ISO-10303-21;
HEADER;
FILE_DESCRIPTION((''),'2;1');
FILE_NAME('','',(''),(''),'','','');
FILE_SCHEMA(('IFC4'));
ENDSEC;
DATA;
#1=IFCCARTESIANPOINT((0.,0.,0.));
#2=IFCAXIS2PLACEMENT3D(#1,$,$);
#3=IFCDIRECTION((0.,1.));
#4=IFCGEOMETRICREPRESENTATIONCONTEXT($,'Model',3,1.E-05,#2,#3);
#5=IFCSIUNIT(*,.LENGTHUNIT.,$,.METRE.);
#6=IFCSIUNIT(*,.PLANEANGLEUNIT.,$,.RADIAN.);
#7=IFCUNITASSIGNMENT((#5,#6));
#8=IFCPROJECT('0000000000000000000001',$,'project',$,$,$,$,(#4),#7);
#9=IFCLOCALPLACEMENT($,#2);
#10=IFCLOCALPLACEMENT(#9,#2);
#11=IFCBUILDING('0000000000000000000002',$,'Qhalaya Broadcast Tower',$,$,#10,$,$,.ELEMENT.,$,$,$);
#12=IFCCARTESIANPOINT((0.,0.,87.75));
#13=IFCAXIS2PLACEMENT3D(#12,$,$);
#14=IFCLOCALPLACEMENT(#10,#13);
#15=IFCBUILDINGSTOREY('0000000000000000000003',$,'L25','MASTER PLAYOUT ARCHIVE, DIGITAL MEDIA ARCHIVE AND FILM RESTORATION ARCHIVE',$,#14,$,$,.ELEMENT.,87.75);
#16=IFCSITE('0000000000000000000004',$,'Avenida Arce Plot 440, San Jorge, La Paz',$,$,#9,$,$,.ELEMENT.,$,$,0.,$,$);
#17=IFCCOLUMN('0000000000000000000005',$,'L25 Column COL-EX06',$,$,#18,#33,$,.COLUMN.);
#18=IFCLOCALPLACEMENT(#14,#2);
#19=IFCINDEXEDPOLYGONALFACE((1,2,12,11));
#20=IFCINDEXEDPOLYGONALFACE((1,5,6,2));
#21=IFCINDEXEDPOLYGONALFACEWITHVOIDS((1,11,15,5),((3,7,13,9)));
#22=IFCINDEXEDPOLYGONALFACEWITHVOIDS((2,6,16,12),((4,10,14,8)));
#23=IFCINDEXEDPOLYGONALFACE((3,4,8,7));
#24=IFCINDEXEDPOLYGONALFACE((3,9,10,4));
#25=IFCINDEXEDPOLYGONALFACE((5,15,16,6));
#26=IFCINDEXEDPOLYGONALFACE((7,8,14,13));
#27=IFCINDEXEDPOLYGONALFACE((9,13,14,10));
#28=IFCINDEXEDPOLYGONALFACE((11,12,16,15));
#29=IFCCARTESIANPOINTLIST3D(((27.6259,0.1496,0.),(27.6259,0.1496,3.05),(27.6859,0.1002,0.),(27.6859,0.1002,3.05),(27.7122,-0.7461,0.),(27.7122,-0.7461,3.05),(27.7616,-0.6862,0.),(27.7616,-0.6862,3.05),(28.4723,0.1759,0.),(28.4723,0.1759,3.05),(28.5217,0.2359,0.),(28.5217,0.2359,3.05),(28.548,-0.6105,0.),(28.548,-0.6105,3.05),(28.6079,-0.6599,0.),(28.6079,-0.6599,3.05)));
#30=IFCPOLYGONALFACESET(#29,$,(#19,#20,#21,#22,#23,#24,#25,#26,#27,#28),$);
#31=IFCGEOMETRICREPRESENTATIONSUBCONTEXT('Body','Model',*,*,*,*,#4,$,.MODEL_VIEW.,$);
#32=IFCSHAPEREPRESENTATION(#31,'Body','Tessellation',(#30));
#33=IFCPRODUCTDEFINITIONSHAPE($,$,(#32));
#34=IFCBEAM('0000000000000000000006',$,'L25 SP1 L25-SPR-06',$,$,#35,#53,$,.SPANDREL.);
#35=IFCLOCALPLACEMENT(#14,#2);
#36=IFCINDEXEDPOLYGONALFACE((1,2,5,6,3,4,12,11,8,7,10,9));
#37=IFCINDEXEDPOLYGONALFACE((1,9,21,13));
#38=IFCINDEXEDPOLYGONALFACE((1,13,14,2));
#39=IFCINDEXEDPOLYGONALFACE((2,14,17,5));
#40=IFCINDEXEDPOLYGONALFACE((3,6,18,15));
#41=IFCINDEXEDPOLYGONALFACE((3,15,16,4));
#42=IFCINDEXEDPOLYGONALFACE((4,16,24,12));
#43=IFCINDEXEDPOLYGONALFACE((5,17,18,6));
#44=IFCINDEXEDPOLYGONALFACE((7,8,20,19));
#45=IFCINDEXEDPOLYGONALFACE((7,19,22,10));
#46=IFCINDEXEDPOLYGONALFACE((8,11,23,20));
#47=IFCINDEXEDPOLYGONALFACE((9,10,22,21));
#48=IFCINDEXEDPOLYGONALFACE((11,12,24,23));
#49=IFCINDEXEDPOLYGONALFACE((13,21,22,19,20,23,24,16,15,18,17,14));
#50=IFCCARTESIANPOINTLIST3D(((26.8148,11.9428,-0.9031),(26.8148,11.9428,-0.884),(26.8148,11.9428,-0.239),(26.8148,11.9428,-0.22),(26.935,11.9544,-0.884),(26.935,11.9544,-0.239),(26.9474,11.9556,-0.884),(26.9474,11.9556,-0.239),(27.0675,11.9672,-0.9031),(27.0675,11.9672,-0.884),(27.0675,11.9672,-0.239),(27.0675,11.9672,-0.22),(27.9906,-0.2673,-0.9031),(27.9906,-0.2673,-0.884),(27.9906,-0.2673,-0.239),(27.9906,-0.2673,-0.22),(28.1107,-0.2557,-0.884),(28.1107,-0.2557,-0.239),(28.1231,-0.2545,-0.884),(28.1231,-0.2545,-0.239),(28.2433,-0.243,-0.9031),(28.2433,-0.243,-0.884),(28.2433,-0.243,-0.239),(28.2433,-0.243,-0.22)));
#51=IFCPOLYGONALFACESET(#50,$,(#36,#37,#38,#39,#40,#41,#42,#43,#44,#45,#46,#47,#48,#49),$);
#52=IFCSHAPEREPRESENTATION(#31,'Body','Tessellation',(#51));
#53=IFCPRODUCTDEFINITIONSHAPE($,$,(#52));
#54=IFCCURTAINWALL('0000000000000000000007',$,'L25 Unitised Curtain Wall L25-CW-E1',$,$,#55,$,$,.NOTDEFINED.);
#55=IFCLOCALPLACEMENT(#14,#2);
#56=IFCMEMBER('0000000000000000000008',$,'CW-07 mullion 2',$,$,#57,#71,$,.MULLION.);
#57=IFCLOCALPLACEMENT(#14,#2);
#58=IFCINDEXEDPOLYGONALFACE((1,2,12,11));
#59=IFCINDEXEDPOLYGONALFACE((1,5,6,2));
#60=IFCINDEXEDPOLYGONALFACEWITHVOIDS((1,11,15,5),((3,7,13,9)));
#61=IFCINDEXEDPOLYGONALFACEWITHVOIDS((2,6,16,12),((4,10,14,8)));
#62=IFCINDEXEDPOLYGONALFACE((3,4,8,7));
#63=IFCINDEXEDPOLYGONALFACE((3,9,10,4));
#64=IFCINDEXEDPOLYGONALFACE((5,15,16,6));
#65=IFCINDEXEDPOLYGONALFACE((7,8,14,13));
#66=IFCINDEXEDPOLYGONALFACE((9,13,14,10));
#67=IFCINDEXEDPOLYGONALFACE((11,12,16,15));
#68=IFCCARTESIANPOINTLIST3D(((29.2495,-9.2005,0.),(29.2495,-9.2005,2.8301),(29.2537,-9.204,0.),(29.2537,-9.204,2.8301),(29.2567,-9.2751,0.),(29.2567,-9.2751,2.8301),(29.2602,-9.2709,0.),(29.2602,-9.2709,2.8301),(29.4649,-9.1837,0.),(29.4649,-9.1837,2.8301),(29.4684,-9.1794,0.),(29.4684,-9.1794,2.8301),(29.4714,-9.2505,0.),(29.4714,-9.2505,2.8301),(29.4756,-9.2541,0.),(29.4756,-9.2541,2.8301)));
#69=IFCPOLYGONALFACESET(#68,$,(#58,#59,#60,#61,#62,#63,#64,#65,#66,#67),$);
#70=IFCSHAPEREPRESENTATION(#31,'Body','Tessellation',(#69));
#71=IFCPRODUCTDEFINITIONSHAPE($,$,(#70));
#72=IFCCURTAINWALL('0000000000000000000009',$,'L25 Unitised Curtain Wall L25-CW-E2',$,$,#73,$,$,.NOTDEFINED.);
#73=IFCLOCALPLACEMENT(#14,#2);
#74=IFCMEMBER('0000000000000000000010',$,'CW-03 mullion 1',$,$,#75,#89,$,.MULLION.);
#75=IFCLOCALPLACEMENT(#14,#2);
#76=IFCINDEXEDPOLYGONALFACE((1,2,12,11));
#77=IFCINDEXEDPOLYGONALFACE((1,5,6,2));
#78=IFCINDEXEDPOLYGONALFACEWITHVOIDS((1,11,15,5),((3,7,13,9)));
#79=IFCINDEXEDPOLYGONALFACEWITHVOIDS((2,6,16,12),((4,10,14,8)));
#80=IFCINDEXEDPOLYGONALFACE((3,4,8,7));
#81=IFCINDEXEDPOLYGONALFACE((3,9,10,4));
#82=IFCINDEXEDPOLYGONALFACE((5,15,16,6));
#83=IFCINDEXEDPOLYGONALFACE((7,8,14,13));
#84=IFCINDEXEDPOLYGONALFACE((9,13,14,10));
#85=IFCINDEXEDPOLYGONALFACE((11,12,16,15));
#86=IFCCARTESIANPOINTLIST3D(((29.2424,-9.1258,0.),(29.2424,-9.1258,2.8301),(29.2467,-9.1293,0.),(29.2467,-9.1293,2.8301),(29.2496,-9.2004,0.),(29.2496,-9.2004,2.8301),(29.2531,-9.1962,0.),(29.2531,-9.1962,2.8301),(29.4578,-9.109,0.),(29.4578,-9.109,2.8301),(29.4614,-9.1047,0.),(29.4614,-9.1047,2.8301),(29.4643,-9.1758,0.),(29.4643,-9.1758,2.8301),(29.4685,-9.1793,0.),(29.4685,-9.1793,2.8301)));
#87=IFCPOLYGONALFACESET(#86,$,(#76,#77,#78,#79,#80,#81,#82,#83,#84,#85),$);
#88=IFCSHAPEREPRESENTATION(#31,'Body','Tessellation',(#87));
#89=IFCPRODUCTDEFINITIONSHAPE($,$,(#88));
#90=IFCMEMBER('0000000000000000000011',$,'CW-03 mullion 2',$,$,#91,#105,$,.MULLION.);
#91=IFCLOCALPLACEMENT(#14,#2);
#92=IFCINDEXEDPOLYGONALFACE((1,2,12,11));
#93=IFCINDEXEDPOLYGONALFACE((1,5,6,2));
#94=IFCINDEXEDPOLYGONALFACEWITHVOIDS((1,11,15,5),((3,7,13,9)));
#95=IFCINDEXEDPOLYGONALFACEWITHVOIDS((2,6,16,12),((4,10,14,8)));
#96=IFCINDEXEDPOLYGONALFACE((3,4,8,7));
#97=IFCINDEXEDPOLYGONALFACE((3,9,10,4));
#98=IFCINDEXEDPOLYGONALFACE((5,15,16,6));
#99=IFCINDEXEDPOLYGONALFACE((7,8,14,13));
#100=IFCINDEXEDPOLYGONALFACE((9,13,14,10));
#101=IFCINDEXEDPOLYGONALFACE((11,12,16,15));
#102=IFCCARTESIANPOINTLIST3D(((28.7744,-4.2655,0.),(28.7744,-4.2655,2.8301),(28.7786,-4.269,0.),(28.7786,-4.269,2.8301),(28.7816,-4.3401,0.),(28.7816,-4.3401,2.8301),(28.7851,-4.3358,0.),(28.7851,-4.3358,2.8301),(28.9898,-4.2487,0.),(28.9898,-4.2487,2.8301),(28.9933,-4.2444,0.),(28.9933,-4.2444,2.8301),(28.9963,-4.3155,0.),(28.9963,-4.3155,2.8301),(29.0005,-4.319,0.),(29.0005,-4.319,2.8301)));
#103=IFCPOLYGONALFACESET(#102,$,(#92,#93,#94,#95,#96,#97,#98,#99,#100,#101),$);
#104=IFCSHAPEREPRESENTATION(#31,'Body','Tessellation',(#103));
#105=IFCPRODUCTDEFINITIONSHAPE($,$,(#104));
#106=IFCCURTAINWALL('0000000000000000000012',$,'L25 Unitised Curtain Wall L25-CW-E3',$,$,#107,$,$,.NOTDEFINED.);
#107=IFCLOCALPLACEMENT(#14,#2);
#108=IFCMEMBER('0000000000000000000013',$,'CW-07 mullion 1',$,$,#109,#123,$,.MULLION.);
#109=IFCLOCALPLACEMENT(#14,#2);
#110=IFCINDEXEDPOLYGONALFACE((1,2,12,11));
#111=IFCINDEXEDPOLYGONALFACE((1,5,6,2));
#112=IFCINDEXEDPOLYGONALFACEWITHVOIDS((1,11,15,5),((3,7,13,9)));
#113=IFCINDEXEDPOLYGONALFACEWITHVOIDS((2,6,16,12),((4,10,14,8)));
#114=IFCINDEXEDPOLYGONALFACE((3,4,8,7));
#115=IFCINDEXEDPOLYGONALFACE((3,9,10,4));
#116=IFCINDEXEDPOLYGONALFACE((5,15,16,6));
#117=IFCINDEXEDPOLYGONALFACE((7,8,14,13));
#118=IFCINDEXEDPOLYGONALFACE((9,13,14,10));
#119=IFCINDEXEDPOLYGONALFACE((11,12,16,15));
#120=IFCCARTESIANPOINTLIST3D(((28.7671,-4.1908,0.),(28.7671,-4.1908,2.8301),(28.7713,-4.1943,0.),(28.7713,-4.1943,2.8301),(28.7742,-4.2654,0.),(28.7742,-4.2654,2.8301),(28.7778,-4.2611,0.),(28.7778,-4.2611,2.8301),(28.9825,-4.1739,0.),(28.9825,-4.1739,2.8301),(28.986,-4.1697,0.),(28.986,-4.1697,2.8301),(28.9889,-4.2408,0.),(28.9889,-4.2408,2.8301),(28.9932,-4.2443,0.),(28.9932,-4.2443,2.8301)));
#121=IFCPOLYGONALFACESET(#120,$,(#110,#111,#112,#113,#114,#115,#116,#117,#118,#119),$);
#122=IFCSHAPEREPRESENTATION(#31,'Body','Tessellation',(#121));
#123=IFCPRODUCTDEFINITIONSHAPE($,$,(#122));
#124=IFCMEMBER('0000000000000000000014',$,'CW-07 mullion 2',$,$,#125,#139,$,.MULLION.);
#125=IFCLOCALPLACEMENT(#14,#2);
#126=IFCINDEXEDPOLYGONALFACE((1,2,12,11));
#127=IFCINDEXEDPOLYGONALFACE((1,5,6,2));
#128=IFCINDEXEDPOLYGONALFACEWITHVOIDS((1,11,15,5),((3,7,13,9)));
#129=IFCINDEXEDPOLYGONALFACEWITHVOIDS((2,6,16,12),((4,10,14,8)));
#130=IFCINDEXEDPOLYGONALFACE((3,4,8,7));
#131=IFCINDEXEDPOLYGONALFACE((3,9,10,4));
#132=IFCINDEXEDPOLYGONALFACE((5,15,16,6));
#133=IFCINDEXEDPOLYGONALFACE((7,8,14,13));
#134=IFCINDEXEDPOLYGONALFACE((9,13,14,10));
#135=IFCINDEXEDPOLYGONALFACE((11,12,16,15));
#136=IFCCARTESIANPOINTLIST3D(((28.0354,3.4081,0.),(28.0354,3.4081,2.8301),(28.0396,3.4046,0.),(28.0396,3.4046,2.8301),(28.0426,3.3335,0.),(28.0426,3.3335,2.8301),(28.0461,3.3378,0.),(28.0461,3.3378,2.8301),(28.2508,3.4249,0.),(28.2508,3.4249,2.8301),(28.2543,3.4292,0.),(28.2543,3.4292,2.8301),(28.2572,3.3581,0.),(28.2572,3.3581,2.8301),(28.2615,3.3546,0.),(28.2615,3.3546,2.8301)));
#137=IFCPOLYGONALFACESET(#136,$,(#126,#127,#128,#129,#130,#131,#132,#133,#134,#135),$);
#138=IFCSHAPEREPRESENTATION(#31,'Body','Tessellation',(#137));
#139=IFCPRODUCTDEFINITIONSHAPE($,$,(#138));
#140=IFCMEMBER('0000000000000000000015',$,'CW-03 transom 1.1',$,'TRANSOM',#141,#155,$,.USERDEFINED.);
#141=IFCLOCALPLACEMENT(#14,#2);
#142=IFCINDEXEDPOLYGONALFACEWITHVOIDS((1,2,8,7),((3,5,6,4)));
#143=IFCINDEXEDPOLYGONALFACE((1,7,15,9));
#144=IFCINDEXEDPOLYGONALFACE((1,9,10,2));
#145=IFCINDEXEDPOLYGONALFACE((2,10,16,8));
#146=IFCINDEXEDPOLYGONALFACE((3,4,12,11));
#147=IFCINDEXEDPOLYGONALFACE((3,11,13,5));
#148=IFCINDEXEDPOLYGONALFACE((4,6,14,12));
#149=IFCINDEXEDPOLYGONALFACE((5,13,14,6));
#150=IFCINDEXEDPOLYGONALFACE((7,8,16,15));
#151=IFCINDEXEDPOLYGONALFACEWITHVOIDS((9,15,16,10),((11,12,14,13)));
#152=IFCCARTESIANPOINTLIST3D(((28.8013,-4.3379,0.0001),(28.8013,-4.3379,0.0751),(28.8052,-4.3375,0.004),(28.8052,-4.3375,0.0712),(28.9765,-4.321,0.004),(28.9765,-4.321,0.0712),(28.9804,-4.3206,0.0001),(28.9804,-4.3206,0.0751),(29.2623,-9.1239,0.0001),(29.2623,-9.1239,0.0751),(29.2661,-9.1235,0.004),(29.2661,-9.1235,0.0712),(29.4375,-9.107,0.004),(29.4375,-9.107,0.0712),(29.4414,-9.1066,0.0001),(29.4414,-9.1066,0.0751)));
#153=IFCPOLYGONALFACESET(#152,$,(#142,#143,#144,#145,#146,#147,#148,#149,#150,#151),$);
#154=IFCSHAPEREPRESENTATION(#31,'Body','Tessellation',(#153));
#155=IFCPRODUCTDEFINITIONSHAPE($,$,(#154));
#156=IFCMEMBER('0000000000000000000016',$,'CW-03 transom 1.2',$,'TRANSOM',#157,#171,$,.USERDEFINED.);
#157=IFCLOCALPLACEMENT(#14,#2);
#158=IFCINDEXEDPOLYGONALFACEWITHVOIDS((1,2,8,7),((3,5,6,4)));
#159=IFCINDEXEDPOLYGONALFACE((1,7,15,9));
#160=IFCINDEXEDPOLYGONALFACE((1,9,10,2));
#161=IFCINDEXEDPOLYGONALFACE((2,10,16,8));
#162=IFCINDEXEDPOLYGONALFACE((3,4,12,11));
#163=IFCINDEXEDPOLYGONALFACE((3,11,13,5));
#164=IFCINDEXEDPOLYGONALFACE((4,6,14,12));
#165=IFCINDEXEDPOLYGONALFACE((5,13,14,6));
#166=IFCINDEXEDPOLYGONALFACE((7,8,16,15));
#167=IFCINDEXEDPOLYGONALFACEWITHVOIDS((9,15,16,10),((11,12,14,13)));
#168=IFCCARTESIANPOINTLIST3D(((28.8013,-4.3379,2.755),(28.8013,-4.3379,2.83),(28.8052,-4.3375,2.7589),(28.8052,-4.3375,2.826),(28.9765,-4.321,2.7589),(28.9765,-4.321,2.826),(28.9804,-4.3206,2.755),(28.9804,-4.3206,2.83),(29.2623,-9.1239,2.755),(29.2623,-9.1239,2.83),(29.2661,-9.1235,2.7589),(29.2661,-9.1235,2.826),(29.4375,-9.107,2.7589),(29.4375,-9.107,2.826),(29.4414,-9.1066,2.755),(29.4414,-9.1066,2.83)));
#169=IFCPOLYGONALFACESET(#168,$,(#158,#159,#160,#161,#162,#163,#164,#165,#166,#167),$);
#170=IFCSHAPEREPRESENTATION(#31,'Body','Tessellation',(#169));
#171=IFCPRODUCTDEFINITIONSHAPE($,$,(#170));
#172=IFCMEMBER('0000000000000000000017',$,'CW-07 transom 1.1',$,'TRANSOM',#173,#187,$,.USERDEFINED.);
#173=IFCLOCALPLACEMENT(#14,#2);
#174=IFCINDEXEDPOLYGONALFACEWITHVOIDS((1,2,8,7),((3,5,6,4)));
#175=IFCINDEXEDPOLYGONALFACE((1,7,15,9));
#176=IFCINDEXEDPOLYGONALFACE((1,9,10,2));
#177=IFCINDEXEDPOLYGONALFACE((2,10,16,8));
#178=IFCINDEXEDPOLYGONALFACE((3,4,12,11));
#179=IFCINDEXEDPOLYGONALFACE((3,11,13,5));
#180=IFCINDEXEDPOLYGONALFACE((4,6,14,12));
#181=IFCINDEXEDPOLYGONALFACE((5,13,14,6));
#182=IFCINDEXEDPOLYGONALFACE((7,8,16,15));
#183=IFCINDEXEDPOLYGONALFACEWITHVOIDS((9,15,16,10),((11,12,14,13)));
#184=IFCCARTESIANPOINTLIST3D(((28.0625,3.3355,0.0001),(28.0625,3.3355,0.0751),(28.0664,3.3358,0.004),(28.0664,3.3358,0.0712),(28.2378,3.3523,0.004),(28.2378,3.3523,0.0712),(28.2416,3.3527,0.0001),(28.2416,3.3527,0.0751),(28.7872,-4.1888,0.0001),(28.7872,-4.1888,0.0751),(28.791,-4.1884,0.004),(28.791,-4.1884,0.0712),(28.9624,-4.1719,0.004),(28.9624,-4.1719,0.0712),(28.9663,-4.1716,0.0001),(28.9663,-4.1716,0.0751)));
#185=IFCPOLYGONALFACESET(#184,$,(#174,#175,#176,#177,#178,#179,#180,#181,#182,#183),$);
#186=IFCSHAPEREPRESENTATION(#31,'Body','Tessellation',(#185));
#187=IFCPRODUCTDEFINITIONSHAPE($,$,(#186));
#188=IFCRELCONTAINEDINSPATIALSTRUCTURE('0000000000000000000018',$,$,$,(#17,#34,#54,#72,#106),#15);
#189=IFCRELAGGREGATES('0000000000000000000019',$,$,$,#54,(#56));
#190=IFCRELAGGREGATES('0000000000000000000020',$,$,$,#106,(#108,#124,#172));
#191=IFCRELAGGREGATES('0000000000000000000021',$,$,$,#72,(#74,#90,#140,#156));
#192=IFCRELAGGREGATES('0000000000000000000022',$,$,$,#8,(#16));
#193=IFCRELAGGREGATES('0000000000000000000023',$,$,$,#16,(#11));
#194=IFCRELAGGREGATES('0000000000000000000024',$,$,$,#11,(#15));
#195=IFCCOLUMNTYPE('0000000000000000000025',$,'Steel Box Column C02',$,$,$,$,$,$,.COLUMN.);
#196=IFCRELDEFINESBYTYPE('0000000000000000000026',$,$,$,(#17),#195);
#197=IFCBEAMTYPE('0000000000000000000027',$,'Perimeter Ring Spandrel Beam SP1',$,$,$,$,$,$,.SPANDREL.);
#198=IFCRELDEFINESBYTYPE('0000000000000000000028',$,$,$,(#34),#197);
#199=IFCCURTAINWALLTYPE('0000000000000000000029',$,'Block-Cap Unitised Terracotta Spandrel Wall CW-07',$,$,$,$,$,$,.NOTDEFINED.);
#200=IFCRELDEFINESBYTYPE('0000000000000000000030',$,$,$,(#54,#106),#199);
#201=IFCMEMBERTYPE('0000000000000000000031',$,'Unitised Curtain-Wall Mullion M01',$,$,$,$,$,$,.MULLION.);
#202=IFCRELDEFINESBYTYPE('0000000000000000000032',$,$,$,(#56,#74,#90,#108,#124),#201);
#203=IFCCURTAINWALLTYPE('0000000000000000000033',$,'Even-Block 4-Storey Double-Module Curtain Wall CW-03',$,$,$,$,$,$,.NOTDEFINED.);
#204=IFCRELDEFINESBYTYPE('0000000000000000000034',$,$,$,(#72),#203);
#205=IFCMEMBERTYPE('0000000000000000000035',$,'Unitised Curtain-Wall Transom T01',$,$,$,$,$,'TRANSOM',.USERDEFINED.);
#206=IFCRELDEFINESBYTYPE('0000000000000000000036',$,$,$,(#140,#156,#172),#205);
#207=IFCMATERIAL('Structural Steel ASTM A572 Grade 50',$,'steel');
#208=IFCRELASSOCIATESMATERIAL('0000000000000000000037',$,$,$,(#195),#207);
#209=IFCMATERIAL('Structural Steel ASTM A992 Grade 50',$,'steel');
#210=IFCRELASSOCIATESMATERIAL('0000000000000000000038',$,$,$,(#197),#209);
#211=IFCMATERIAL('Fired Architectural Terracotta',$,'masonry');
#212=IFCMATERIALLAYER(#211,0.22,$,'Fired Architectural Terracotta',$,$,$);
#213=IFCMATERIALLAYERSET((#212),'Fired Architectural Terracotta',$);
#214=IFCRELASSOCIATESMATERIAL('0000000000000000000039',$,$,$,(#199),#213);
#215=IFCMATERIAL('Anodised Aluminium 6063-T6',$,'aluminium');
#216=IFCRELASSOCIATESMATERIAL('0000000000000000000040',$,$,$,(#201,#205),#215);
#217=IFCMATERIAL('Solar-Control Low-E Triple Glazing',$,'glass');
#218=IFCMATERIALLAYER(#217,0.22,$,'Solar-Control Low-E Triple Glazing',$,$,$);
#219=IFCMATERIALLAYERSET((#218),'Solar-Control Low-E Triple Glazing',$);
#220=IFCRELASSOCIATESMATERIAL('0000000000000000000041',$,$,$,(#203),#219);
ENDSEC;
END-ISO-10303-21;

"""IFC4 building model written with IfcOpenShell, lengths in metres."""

from ifc_helpers import new_model, si_unit, direction, frame, origin, origin_2d, place, context, subcontext, project, spatial, hollow_rectangle, i_section, extrude, material, layer, layer_set, material_profile, profile_set, type_object, element, aggregate, save


model = new_model("IFC4")

# Units and contexts
model_context = context("Model", 3, precision=1e-05, world=origin(), true_north=direction((0.0, 1.0)))
body_context = subcontext(model_context, "Body", "Model", "MODEL_VIEW")
ifc_project = project(units=[si_unit("LENGTHUNIT", "METRE"), si_unit("PLANEANGLEUNIT", "RADIAN")], contexts=[model_context])

# Site, building, storey
site_placement = place(None, origin())
site = spatial("IfcSite", under=ifc_project, at=site_placement, Name="Avenida Arce Plot 440, San Jorge, La Paz", CompositionType="ELEMENT", RefElevation=0.0)
building_placement = place(site_placement, origin())
building = spatial("IfcBuilding", under=site, at=building_placement, Name="Qhalaya Broadcast Tower", CompositionType="ELEMENT")
storey_placement = place(building_placement, frame((0.0, 0.0, 87.75)))
storey = spatial("IfcBuildingStorey", under=building, at=storey_placement, Name="L25", Description="MASTER PLAYOUT ARCHIVE, DIGITAL MEDIA ARCHIVE AND FILM RESTORATION ARCHIVE", CompositionType="ELEMENT", Elevation=87.75)

# Column
ifc_material_1 = material(Name="Structural Steel ASTM A572 Grade 50", Category="steel")
ifc_material_profile_1 = material_profile(ifc_material_1, hollow_rectangle(XDim=0.8999, YDim=0.8999, WallThickness=0.0549, at=origin_2d()), Name="BOX 900x900x55")
ifc_profile_set_1 = profile_set([ifc_material_profile_1], Name="Structural Steel ASTM A572 Grade 50")
column_type = type_object("IfcColumnType", Name="Steel Box Column C02", PredefinedType="COLUMN", material=ifc_profile_set_1)
column_placement = place(storey_placement, frame((28.1169, -0.2551, 0.0), z_axis=(0.0, 0.0, 1.0), x_axis=(-0.095846, 0.995396, 0.0)))
element("IfcColumn", 1, at=column_placement, inside=storey, type_object=column_type, Name="L25 Column COL-EX06", PredefinedType="COLUMN", context=body_context, shape_type="SweptSolid", body=[
    extrude(hollow_rectangle(XDim=0.8999, YDim=0.8999, WallThickness=0.0549, at=origin_2d()), origin(), (0.0, 0.0, 1.0), 3.05),
])

# Beam
ifc_material_2 = material(Name="Structural Steel ASTM A992 Grade 50", Category="steel")
ifc_material_profile_2 = material_profile(ifc_material_2, i_section(OverallWidth=0.2539, OverallDepth=0.6831, WebThickness=0.0125, FlangeThickness=0.019, at=origin_2d()), Name="W27X94")
ifc_profile_set_2 = profile_set([ifc_material_profile_2], Name="Structural Steel ASTM A992 Grade 50")
beam_type = type_object("IfcBeamType", Name="Perimeter Ring Spandrel Beam SP1", PredefinedType="SPANDREL", material=ifc_profile_set_2)
beam_placement = place(storey_placement, frame((28.1169, -0.2551, -0.5615), z_axis=(-0.095852, 0.995396, 0.0), x_axis=(-0.995396, -0.095852, 0.0)))
element("IfcBeam", 2, at=beam_placement, inside=storey, type_object=beam_type, Name="L25 SP1 L25-SPR-06", PredefinedType="SPANDREL", context=body_context, shape_type="SweptSolid", body=[
    extrude(i_section(OverallWidth=0.2539, OverallDepth=0.6831, WebThickness=0.0125, FlangeThickness=0.019, at=origin_2d()), origin(), (0.0, 0.0, 1.0), 12.2666),
])

# Curtain wall, member
ifc_material_3 = material(Name="Fired Architectural Terracotta", Category="masonry")
ifc_layer_1 = layer(ifc_material_3, 0.22, Name="Fired Architectural Terracotta")
ifc_layer_set_1 = layer_set([ifc_layer_1], Name="Fired Architectural Terracotta")
curtain_wall_type_1 = type_object("IfcCurtainWallType", Name="Block-Cap Unitised Terracotta Spandrel Wall CW-07", PredefinedType="NOTDEFINED", material=ifc_layer_set_1)
curtain_wall_1_placement = place(storey_placement, origin())
curtain_wall_1 = element("IfcCurtainWall", 3, at=curtain_wall_1_placement, inside=storey, type_object=curtain_wall_type_1, Name="L25 Unitised Curtain Wall L25-CW-E1", PredefinedType="NOTDEFINED")
ifc_material_4 = material(Name="Anodised Aluminium 6063-T6", Category="aluminium")
ifc_material_profile_3 = material_profile(ifc_material_4, hollow_rectangle(XDim=0.075, YDim=0.22, WallThickness=0.0039, at=origin_2d()), Name="ALU-MUL 75x220x4")
ifc_profile_set_3 = profile_set([ifc_material_profile_3], Name="Anodised Aluminium 6063-T6")
member_type_1 = type_object("IfcMemberType", Name="Unitised Curtain-Wall Mullion M01", PredefinedType="MULLION", material=ifc_profile_set_3)
member_1_placement = place(storey_placement, frame((29.3625, -9.2273, 0.0), z_axis=(0.0, 0.0, 1.0), x_axis=(-0.095853, 0.995396, 0.0)))
member_1 = element("IfcMember", 4, at=member_1_placement, type_object=member_type_1, Name="CW-07 mullion 2", PredefinedType="MULLION", context=body_context, shape_type="SweptSolid", body=[
    extrude(hollow_rectangle(XDim=0.075, YDim=0.22, WallThickness=0.0039, at=origin_2d()), origin(), (0.0, 0.0, 1.0), 2.8301),
])

# Curtain walls, members
ifc_material_5 = material(Name="Solar-Control Low-E Triple Glazing", Category="glass")
ifc_layer_2 = layer(ifc_material_5, 0.22, Name="Solar-Control Low-E Triple Glazing")
ifc_layer_set_2 = layer_set([ifc_layer_2], Name="Solar-Control Low-E Triple Glazing")
curtain_wall_type_2 = type_object("IfcCurtainWallType", Name="Even-Block 4-Storey Double-Module Curtain Wall CW-03", PredefinedType="NOTDEFINED", material=ifc_layer_set_2)
curtain_wall_2_placement = place(storey_placement, origin())
curtain_wall_2 = element("IfcCurtainWall", 5, at=curtain_wall_2_placement, inside=storey, type_object=curtain_wall_type_2, Name="L25 Unitised Curtain Wall L25-CW-E2", PredefinedType="NOTDEFINED")
member_2_placement = place(storey_placement, frame((29.3555, -9.1526, 0.0), z_axis=(0.0, 0.0, 1.0), x_axis=(-0.095845, 0.995396, 0.0)))
member_2 = element("IfcMember", 6, at=member_2_placement, type_object=member_type_1, Name="CW-03 mullion 1", PredefinedType="MULLION", context=body_context, shape_type="SweptSolid", body=[
    extrude(hollow_rectangle(XDim=0.075, YDim=0.22, WallThickness=0.0039, at=origin_2d()), origin(), (0.0, 0.0, 1.0), 2.8301),
])
member_3_placement = place(storey_placement, frame((28.8875, -4.2922, 0.0), z_axis=(0.0, 0.0, 1.0), x_axis=(-0.095845, 0.995396, 0.0)))
member_3 = element("IfcMember", 7, at=member_3_placement, type_object=member_type_1, Name="CW-03 mullion 2", PredefinedType="MULLION", context=body_context, shape_type="SweptSolid", body=[
    extrude(hollow_rectangle(XDim=0.075, YDim=0.22, WallThickness=0.0039, at=origin_2d()), origin(), (0.0, 0.0, 1.0), 2.8301),
])
curtain_wall_3_placement = place(storey_placement, origin())
curtain_wall_3 = element("IfcCurtainWall", 8, at=curtain_wall_3_placement, inside=storey, type_object=curtain_wall_type_1, Name="L25 Unitised Curtain Wall L25-CW-E3", PredefinedType="NOTDEFINED")
member_4_placement = place(storey_placement, frame((28.8801, -4.2175, 0.0), z_axis=(0.0, 0.0, 1.0), x_axis=(-0.095849, 0.995396, 0.0)))
member_4 = element("IfcMember", 9, at=member_4_placement, type_object=member_type_1, Name="CW-07 mullion 1", PredefinedType="MULLION", context=body_context, shape_type="SweptSolid", body=[
    extrude(hollow_rectangle(XDim=0.075, YDim=0.22, WallThickness=0.0039, at=origin_2d()), origin(), (0.0, 0.0, 1.0), 2.8301),
])
member_5_placement = place(storey_placement, frame((28.1484, 3.3813, 0.0), z_axis=(0.0, 0.0, 1.0), x_axis=(-0.095849, 0.995396, 0.0)))
member_5 = element("IfcMember", 10, at=member_5_placement, type_object=member_type_1, Name="CW-07 mullion 2", PredefinedType="MULLION", context=body_context, shape_type="SweptSolid", body=[
    extrude(hollow_rectangle(XDim=0.075, YDim=0.22, WallThickness=0.0039, at=origin_2d()), origin(), (0.0, 0.0, 1.0), 2.8301),
])

# Members
ifc_material_profile_4 = material_profile(ifc_material_4, hollow_rectangle(XDim=0.075, YDim=0.1799, WallThickness=0.0039, at=origin_2d()), Name="ALU-TRN 75x180x4")
ifc_profile_set_4 = profile_set([ifc_material_profile_4], Name="Anodised Aluminium 6063-T6")
member_type_2 = type_object("IfcMemberType", Name="Unitised Curtain-Wall Transom T01", ElementType="TRANSOM", PredefinedType="USERDEFINED", material=ifc_profile_set_4)
member_6_placement = place(storey_placement, frame((29.3518, -9.1152, 0.0376), z_axis=(-0.095868, 0.995394, 0.0), x_axis=(0.0, 0.0, 1.0)))
member_6 = element("IfcMember", 11, at=member_6_placement, type_object=member_type_2, Name="CW-03 transom 1.1", ObjectType="TRANSOM", PredefinedType="USERDEFINED", context=body_context, shape_type="SweptSolid", body=[
    extrude(hollow_rectangle(XDim=0.075, YDim=0.1799, WallThickness=0.0039, at=origin_2d()), origin(), (0.0, 0.0, 1.0), 4.8081),
])
member_7_placement = place(storey_placement, frame((29.3518, -9.1152, 2.7925), z_axis=(-0.095868, 0.995394, 0.0), x_axis=(0.0, 0.0, 1.0)))
member_7 = element("IfcMember", 12, at=member_7_placement, type_object=member_type_2, Name="CW-03 transom 1.2", ObjectType="TRANSOM", PredefinedType="USERDEFINED", context=body_context, shape_type="SweptSolid", body=[
    extrude(hollow_rectangle(XDim=0.075, YDim=0.1799, WallThickness=0.0039, at=origin_2d()), origin(), (0.0, 0.0, 1.0), 4.8081),
])
member_8_placement = place(storey_placement, frame((28.8767, -4.1802, 0.0376), z_axis=(-0.095861, 0.995395, 0.0), x_axis=(0.0, 0.0, 1.0)))
member_8 = element("IfcMember", 13, at=member_8_placement, type_object=member_type_2, Name="CW-07 transom 1.1", ObjectType="TRANSOM", PredefinedType="USERDEFINED", context=body_context, shape_type="SweptSolid", body=[
    extrude(hollow_rectangle(XDim=0.075, YDim=0.1799, WallThickness=0.0039, at=origin_2d()), origin(), (0.0, 0.0, 1.0), 7.5591),
])

aggregate(curtain_wall_1, [member_1])
aggregate(curtain_wall_3, [member_4, member_5, member_8])
aggregate(curtain_wall_2, [member_2, member_3, member_6, member_7])

save(model, "model.ifc")
